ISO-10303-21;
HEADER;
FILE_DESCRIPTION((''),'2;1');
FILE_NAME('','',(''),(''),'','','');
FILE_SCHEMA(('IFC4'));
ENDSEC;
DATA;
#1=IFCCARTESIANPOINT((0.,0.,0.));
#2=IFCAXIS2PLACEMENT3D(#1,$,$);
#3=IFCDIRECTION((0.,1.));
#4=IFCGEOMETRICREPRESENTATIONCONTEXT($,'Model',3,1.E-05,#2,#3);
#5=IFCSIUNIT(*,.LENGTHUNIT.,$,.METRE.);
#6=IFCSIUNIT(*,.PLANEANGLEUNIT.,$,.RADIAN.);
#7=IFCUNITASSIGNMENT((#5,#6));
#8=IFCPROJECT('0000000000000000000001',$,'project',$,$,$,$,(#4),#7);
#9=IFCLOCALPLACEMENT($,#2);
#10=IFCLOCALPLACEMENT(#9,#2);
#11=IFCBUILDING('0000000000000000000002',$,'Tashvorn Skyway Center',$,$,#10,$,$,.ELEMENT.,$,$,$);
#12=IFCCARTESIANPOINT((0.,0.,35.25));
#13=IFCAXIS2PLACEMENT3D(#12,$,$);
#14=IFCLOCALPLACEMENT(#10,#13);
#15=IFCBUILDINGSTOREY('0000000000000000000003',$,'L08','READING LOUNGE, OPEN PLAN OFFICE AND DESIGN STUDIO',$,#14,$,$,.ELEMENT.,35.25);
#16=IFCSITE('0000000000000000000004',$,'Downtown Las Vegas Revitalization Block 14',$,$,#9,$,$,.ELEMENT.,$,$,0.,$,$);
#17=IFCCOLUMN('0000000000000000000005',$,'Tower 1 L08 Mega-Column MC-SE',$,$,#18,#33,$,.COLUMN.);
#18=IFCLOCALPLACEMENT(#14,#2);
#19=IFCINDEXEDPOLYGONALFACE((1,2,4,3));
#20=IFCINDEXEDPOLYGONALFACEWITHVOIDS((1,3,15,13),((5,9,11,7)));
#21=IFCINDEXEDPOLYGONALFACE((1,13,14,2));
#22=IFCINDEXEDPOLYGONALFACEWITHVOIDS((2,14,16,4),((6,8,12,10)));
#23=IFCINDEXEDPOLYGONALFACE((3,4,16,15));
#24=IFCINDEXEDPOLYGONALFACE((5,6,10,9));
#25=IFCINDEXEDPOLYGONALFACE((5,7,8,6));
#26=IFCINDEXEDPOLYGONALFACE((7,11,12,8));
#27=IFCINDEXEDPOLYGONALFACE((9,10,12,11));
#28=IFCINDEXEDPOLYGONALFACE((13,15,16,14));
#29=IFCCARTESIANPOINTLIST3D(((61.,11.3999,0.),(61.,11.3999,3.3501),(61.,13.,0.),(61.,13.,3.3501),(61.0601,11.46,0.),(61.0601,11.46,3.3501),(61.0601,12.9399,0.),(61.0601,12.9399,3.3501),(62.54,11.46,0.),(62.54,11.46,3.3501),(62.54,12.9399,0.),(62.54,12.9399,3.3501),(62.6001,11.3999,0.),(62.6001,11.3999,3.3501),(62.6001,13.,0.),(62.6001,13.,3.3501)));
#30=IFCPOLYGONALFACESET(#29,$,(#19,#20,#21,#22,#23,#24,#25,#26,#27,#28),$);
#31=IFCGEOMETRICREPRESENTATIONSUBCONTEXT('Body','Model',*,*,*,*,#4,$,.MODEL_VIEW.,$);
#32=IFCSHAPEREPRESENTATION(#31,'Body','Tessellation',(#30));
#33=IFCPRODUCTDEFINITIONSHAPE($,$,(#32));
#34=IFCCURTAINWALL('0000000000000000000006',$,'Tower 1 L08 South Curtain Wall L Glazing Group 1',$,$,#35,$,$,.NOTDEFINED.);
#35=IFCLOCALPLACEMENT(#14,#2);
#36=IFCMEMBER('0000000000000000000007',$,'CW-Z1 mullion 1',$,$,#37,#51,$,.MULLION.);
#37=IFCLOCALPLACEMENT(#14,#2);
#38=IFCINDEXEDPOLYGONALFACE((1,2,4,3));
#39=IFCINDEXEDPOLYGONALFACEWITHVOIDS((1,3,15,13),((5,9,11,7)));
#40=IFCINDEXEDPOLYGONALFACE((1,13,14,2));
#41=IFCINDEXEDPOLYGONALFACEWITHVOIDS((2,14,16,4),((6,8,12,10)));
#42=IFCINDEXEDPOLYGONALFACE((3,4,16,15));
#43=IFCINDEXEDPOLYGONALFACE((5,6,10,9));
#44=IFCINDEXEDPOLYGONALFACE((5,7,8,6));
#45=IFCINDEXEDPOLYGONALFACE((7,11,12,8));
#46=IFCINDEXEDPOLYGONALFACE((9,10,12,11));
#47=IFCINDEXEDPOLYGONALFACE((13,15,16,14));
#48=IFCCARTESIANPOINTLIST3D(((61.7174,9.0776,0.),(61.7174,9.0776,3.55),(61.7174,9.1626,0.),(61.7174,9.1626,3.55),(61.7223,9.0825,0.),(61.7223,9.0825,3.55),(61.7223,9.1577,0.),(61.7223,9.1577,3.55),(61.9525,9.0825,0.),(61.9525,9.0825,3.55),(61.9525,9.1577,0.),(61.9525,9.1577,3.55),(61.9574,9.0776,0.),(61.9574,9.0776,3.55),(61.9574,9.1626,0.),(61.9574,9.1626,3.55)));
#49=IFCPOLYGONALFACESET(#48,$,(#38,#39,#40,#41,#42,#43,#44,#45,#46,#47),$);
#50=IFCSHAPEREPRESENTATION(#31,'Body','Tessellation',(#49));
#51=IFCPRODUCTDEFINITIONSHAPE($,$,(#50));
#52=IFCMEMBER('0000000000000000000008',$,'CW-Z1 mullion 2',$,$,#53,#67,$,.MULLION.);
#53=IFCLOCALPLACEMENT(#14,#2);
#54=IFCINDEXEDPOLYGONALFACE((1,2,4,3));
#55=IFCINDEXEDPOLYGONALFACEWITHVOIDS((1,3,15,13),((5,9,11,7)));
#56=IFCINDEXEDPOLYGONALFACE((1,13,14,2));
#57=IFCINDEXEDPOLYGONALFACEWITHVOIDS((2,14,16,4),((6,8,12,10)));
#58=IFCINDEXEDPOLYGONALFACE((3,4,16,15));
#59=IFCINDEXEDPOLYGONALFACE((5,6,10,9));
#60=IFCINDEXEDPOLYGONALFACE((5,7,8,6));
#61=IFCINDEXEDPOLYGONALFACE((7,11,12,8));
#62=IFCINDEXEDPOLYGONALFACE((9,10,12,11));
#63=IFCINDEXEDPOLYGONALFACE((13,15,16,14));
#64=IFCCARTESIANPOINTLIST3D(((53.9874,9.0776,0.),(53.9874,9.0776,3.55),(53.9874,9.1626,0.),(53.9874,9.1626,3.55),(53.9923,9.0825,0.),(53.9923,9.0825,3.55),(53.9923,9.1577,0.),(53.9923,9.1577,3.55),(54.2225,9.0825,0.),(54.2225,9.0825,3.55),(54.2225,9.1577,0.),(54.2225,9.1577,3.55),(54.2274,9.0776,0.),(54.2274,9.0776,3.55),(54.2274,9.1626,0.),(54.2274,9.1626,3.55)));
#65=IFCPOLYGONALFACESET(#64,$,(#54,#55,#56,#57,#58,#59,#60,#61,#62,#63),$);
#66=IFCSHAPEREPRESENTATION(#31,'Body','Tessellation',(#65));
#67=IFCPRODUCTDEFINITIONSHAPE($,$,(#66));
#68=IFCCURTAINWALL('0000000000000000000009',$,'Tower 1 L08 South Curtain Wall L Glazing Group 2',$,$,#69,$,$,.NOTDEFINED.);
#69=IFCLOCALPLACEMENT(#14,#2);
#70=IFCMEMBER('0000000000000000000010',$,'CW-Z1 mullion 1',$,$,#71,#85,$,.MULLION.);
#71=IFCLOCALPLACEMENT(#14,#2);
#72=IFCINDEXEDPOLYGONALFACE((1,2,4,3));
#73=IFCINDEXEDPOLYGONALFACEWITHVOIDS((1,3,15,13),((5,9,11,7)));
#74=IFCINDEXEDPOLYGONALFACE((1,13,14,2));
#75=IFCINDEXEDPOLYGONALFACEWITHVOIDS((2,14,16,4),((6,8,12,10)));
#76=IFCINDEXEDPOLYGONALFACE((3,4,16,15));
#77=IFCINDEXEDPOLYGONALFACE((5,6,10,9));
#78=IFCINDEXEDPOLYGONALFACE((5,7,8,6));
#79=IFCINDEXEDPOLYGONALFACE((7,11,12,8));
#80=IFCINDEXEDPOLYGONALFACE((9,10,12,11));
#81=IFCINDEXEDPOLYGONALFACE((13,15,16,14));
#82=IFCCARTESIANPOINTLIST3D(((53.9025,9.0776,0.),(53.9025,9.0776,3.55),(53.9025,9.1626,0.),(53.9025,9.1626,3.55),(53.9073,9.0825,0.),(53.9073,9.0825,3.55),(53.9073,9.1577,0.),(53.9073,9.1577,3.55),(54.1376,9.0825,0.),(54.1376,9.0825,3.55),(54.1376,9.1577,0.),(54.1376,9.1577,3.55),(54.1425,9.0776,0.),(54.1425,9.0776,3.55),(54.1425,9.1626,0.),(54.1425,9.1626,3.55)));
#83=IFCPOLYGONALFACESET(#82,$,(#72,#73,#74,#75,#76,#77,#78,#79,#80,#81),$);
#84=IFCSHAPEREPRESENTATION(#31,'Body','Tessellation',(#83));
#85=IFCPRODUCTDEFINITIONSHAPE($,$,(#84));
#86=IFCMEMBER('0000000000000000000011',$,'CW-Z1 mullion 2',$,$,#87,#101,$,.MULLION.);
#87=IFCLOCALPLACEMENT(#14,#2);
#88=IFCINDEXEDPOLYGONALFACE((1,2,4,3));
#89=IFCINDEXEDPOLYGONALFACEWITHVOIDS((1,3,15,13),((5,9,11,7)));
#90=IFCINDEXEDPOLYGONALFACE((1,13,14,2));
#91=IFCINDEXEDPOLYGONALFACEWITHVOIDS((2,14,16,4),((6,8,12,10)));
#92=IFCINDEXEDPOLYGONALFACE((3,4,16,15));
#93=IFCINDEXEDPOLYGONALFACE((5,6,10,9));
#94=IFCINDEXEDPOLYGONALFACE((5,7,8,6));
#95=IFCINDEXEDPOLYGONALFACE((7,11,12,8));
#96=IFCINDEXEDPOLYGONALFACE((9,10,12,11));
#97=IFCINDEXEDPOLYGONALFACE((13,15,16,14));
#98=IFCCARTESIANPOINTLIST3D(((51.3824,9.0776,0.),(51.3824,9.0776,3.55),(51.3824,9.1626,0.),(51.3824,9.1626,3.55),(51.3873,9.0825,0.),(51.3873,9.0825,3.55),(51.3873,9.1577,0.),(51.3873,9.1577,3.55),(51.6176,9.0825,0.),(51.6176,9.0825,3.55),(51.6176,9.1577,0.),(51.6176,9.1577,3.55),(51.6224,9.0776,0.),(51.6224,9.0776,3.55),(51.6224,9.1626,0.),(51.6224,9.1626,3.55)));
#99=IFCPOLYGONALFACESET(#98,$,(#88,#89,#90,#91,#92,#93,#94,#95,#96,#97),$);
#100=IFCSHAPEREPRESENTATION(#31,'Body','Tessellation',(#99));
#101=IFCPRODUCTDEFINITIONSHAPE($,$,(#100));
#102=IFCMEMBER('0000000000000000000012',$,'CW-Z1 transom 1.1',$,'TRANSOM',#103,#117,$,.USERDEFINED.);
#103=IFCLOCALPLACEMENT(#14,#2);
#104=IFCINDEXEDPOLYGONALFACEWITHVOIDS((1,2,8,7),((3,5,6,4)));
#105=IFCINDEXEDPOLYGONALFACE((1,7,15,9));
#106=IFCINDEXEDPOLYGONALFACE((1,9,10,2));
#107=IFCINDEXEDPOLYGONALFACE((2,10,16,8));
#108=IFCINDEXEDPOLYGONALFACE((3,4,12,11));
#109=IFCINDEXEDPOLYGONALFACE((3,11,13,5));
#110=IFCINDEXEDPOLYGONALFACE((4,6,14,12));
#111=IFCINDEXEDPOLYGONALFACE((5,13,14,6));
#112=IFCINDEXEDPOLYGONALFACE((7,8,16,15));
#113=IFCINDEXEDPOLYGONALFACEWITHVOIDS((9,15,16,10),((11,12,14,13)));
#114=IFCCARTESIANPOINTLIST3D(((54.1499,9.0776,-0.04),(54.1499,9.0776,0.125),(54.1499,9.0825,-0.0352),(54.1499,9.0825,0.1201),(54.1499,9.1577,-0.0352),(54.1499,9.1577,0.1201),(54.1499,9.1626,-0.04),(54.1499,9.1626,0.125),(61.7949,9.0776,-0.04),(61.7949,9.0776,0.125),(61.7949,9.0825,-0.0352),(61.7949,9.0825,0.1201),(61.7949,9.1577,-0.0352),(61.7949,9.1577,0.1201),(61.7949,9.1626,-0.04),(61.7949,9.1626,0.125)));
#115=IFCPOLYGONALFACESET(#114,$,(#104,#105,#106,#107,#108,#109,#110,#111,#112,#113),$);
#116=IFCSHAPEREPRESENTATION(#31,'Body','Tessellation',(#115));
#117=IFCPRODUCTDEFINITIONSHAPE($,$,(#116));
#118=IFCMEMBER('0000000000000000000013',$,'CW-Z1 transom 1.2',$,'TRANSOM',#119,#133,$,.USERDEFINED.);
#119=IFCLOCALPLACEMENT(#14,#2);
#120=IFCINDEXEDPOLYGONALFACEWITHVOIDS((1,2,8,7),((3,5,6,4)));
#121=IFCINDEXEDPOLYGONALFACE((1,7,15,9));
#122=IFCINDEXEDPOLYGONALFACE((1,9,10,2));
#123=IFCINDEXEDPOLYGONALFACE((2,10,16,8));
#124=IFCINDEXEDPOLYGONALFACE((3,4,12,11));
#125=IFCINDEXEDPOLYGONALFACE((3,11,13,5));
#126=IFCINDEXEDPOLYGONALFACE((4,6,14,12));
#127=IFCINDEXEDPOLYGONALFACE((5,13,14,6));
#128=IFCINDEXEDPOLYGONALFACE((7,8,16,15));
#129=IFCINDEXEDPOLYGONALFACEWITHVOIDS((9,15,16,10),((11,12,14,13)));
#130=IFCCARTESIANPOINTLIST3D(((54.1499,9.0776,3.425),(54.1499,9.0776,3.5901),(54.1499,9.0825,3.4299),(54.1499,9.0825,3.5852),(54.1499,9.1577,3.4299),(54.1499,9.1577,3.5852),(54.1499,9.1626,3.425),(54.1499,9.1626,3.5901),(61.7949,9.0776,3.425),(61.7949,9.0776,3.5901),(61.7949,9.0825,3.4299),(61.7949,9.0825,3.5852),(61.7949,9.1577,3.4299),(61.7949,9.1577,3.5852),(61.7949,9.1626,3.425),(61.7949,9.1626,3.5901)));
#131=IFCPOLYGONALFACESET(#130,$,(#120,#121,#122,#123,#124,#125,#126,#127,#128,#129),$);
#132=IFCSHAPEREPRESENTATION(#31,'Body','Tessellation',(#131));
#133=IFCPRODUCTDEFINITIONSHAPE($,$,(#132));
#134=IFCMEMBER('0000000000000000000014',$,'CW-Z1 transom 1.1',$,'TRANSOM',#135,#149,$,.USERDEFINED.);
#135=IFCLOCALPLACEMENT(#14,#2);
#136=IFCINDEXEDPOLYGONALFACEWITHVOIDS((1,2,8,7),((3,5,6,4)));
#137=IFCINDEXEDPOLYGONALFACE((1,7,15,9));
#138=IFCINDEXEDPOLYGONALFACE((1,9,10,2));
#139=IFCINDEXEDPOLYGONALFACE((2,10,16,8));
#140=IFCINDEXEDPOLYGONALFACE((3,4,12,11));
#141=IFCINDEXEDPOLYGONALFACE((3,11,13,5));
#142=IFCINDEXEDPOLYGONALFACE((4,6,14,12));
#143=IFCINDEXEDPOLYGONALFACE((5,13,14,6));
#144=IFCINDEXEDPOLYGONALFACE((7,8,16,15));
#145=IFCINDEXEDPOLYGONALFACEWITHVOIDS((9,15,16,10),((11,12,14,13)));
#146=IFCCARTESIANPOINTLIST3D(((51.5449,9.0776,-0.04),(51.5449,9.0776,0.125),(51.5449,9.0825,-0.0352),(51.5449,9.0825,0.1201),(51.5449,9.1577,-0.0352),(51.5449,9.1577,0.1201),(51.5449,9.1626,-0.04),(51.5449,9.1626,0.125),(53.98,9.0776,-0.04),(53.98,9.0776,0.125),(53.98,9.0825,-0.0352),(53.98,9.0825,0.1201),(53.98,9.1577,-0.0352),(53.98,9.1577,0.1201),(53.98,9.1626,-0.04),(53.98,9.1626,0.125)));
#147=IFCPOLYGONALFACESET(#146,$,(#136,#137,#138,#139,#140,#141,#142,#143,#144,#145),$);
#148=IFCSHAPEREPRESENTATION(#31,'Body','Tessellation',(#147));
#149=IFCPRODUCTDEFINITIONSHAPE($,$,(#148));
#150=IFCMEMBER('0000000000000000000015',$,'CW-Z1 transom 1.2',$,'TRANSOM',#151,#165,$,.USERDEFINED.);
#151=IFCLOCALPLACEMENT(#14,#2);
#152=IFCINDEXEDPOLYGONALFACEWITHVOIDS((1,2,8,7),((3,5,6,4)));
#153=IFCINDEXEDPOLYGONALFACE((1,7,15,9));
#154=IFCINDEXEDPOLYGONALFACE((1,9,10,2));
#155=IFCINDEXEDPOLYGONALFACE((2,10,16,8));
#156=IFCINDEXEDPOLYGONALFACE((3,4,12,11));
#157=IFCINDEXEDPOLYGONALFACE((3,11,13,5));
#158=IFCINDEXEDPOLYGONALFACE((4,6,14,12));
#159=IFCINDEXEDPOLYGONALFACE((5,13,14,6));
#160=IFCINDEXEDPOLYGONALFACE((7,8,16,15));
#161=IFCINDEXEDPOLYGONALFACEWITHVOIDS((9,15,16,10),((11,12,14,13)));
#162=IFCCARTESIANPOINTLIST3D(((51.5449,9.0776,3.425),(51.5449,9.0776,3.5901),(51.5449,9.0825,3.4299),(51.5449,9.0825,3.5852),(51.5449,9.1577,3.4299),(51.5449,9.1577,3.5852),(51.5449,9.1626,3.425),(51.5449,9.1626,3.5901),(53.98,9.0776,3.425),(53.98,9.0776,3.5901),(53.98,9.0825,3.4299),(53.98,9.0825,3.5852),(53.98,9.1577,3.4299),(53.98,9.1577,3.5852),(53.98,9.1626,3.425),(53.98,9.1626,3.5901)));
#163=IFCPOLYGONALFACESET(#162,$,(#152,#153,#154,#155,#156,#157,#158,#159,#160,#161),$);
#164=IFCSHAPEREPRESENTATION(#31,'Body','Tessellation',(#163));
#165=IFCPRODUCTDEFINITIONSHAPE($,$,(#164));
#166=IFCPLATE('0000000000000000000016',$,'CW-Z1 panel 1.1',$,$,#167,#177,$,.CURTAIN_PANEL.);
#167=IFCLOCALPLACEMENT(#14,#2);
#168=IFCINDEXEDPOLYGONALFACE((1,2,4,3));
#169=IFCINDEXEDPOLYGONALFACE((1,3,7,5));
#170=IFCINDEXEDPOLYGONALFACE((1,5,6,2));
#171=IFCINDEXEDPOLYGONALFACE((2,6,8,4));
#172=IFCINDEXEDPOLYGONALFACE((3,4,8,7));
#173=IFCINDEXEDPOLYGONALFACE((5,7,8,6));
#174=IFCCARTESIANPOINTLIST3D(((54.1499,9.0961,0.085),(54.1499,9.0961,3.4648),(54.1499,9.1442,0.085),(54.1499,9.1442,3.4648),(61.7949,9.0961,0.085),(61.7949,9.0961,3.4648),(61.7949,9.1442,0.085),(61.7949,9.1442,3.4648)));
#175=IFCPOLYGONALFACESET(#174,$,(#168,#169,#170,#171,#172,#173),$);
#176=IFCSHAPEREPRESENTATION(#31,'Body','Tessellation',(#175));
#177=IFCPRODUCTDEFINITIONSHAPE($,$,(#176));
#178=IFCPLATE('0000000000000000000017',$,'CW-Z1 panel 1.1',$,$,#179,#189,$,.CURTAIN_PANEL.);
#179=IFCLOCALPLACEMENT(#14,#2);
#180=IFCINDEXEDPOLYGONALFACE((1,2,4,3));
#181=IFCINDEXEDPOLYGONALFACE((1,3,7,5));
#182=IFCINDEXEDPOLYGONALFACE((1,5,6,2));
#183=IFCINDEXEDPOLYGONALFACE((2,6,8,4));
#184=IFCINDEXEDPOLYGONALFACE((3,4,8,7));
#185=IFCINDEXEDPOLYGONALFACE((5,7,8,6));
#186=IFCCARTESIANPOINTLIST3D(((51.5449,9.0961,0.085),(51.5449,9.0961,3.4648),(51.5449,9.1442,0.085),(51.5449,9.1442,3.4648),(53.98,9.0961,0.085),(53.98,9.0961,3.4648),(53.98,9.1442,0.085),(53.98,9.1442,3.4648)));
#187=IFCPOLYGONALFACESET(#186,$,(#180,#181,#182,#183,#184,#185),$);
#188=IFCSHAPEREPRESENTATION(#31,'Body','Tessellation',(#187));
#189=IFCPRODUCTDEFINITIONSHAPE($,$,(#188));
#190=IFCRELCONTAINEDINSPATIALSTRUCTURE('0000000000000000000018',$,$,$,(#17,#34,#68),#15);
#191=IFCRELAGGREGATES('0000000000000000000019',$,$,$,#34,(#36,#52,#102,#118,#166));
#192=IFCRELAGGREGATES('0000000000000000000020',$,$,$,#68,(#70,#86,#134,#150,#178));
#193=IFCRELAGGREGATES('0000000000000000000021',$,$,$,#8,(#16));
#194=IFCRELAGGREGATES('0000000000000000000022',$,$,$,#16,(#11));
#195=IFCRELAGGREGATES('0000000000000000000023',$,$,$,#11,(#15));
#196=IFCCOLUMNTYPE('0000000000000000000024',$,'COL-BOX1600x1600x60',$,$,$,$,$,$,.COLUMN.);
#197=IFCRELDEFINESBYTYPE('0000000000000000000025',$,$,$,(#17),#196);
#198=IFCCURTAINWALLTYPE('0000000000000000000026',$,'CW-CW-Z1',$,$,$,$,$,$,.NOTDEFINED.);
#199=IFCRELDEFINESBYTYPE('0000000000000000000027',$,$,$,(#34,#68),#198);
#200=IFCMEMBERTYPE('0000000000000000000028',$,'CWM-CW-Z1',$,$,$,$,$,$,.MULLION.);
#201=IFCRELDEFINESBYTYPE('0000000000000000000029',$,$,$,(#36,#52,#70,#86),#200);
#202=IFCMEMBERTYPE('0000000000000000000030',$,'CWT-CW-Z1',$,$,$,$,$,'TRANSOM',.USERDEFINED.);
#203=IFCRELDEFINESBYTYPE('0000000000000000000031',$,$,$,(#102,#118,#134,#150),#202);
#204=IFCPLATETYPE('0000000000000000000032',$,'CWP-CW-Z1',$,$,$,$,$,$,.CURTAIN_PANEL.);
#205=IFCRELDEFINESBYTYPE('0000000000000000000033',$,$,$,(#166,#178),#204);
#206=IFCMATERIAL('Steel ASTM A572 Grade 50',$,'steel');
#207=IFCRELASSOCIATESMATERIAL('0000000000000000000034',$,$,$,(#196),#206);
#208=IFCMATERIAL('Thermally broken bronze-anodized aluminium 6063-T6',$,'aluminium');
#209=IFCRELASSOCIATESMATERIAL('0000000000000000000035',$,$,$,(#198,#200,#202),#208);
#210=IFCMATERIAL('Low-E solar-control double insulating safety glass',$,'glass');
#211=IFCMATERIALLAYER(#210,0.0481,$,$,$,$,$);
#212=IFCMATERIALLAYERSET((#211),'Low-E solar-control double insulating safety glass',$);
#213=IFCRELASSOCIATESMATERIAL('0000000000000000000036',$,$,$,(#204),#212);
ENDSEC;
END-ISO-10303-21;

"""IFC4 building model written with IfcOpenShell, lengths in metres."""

from ifc_helpers import new_model, si_unit, direction, frame, origin, origin_2d, place, context, subcontext, project, spatial, rectangle, hollow_rectangle, extrude, material, layer, layer_set, material_profile, profile_set, type_object, element, aggregate, save


model = new_model("IFC4")

# Units and contexts
model_context = context("Model", 3, precision=1e-05, world=origin(), true_north=direction((0.0, 1.0)))
body_context = subcontext(model_context, "Body", "Model", "MODEL_VIEW")
ifc_project = project(units=[si_unit("LENGTHUNIT", "METRE"), si_unit("PLANEANGLEUNIT", "RADIAN")], contexts=[model_context])

# Site, building, storey
site_placement = place(None, origin())
site = spatial("IfcSite", under=ifc_project, at=site_placement, Name="Downtown Las Vegas Revitalization Block 14", CompositionType="ELEMENT", RefElevation=0.0)
building_placement = place(site_placement, origin())
building = spatial("IfcBuilding", under=site, at=building_placement, Name="Tashvorn Skyway Center", CompositionType="ELEMENT")
storey_placement = place(building_placement, frame((0.0, 0.0, 35.25)))
storey = spatial("IfcBuildingStorey", under=building, at=storey_placement, Name="L08", Description="READING LOUNGE, OPEN PLAN OFFICE AND DESIGN STUDIO", CompositionType="ELEMENT", Elevation=35.25)

# Column
ifc_material_1 = material(Name="Steel ASTM A572 Grade 50", Category="steel")
ifc_material_profile_1 = material_profile(ifc_material_1, hollow_rectangle(XDim=1.6001, YDim=1.6001, WallThickness=0.0601, at=origin_2d()), Name="BOX1600x1600x60")
ifc_profile_set_1 = profile_set([ifc_material_profile_1], Name="Steel ASTM A572 Grade 50")
column_type = type_object("IfcColumnType", Name="COL-BOX1600x1600x60", PredefinedType="COLUMN", material=ifc_profile_set_1)
column_placement = place(storey_placement, frame((61.8, 12.2, 0.0), z_axis=(0.0, 0.0, 1.0), x_axis=(1.0, 0.0, 0.0)))
element("IfcColumn", 1, at=column_placement, inside=storey, type_object=column_type, Name="Tower 1 L08 Mega-Column MC-SE", PredefinedType="COLUMN", context=body_context, shape_type="SweptSolid", body=[
    extrude(hollow_rectangle(XDim=1.6001, YDim=1.6001, WallThickness=0.0601, at=origin_2d()), origin(), (0.0, 0.0, 1.0), 3.3501),
])

# Curtain walls, members
ifc_material_2 = material(Name="Thermally broken bronze-anodized aluminium 6063-T6", Category="aluminium")
curtain_wall_type = type_object("IfcCurtainWallType", Name="CW-CW-Z1", PredefinedType="NOTDEFINED", material=ifc_material_2)
curtain_wall_1_placement = place(storey_placement, origin())
curtain_wall_1 = element("IfcCurtainWall", 2, at=curtain_wall_1_placement, inside=storey, type_object=curtain_wall_type, Name="Tower 1 L08 South Curtain Wall L Glazing Group 1", PredefinedType="NOTDEFINED")
ifc_material_profile_2 = material_profile(ifc_material_2, hollow_rectangle(XDim=0.085, YDim=0.24, WallThickness=0.0049, at=origin_2d()), Name="ALU-MULL-85x240")
ifc_profile_set_2 = profile_set([ifc_material_profile_2], Name="Thermally broken bronze-anodized aluminium 6063-T6")
member_type_1 = type_object("IfcMemberType", Name="CWM-CW-Z1", PredefinedType="MULLION", material=ifc_profile_set_2)
member_1_placement = place(storey_placement, frame((61.8374, 9.1201, 0.0), z_axis=(0.0, 0.0, 1.0), x_axis=(0.0, -1.0, 0.0)))
member_1 = element("IfcMember", 3, at=member_1_placement, type_object=member_type_1, Name="CW-Z1 mullion 1", PredefinedType="MULLION", context=body_context, shape_type="SweptSolid", body=[
    extrude(hollow_rectangle(XDim=0.085, YDim=0.24, WallThickness=0.0049, at=origin_2d()), origin(), (0.0, 0.0, 1.0), 3.55),
])
member_2_placement = place(storey_placement, frame((54.1074, 9.1201, 0.0), z_axis=(0.0, 0.0, 1.0), x_axis=(0.0, -1.0, 0.0)))
member_2 = element("IfcMember", 4, at=member_2_placement, type_object=member_type_1, Name="CW-Z1 mullion 2", PredefinedType="MULLION", context=body_context, shape_type="SweptSolid", body=[
    extrude(hollow_rectangle(XDim=0.085, YDim=0.24, WallThickness=0.0049, at=origin_2d()), origin(), (0.0, 0.0, 1.0), 3.55),
])
curtain_wall_2_placement = place(storey_placement, origin())
curtain_wall_2 = element("IfcCurtainWall", 5, at=curtain_wall_2_placement, inside=storey, type_object=curtain_wall_type, Name="Tower 1 L08 South Curtain Wall L Glazing Group 2", PredefinedType="NOTDEFINED")
member_3_placement = place(storey_placement, frame((54.0225, 9.1201, 0.0), z_axis=(0.0, 0.0, 1.0), x_axis=(0.0, -1.0, 0.0)))
member_3 = element("IfcMember", 6, at=member_3_placement, type_object=member_type_1, Name="CW-Z1 mullion 1", PredefinedType="MULLION", context=body_context, shape_type="SweptSolid", body=[
    extrude(hollow_rectangle(XDim=0.085, YDim=0.24, WallThickness=0.0049, at=origin_2d()), origin(), (0.0, 0.0, 1.0), 3.55),
])
member_4_placement = place(storey_placement, frame((51.5024, 9.1201, 0.0), z_axis=(0.0, 0.0, 1.0), x_axis=(0.0, -1.0, 0.0)))
member_4 = element("IfcMember", 7, at=member_4_placement, type_object=member_type_1, Name="CW-Z1 mullion 2", PredefinedType="MULLION", context=body_context, shape_type="SweptSolid", body=[
    extrude(hollow_rectangle(XDim=0.085, YDim=0.24, WallThickness=0.0049, at=origin_2d()), origin(), (0.0, 0.0, 1.0), 3.55),
])

# Members
ifc_material_profile_3 = material_profile(ifc_material_2, hollow_rectangle(XDim=0.085, YDim=0.165, WallThickness=0.0049, at=origin_2d()), Name="ALU-TRAN-85x165")
ifc_profile_set_3 = profile_set([ifc_material_profile_3], Name="Thermally broken bronze-anodized aluminium 6063-T6")
member_type_2 = type_object("IfcMemberType", Name="CWT-CW-Z1", ElementType="TRANSOM", PredefinedType="USERDEFINED", material=ifc_profile_set_3)
member_5_placement = place(storey_placement, frame((61.7949, 9.1201, 0.0425), z_axis=(-1.0, 0.0, 0.0), x_axis=(0.0, -1.0, 0.0)))
member_5 = element("IfcMember", 8, at=member_5_placement, type_object=member_type_2, Name="CW-Z1 transom 1.1", ObjectType="TRANSOM", PredefinedType="USERDEFINED", context=body_context, shape_type="SweptSolid", body=[
    extrude(hollow_rectangle(XDim=0.085, YDim=0.165, WallThickness=0.0049, at=origin_2d()), origin(), (0.0, 0.0, 1.0), 7.645),
])
member_6_placement = place(storey_placement, frame((61.7949, 9.1201, 3.5076), z_axis=(-1.0, 0.0, 0.0), x_axis=(0.0, -1.0, 0.0)))
member_6 = element("IfcMember", 9, at=member_6_placement, type_object=member_type_2, Name="CW-Z1 transom 1.2", ObjectType="TRANSOM", PredefinedType="USERDEFINED", context=body_context, shape_type="SweptSolid", body=[
    extrude(hollow_rectangle(XDim=0.085, YDim=0.165, WallThickness=0.0049, at=origin_2d()), origin(), (0.0, 0.0, 1.0), 7.645),
])
member_7_placement = place(storey_placement, frame((53.98, 9.1201, 0.0425), z_axis=(-1.0, 0.0, 0.0), x_axis=(0.0, -1.0, 0.0)))
member_7 = element("IfcMember", 10, at=member_7_placement, type_object=member_type_2, Name="CW-Z1 transom 1.1", ObjectType="TRANSOM", PredefinedType="USERDEFINED", context=body_context, shape_type="SweptSolid", body=[
    extrude(hollow_rectangle(XDim=0.085, YDim=0.165, WallThickness=0.0049, at=origin_2d()), origin(), (0.0, 0.0, 1.0), 2.4351),
])
member_8_placement = place(storey_placement, frame((53.98, 9.1201, 3.5076), z_axis=(-1.0, 0.0, 0.0), x_axis=(0.0, -1.0, 0.0)))
member_8 = element("IfcMember", 11, at=member_8_placement, type_object=member_type_2, Name="CW-Z1 transom 1.2", ObjectType="TRANSOM", PredefinedType="USERDEFINED", context=body_context, shape_type="SweptSolid", body=[
    extrude(hollow_rectangle(XDim=0.085, YDim=0.165, WallThickness=0.0049, at=origin_2d()), origin(), (0.0, 0.0, 1.0), 2.4351),
])

# Plates
ifc_material_3 = material(Name="Low-E solar-control double insulating safety glass", Category="glass")
ifc_layer_1 = layer(ifc_material_3, 0.0481)
ifc_layer_set_1 = layer_set([ifc_layer_1], Name="Low-E solar-control double insulating safety glass")
plate_type = type_object("IfcPlateType", Name="CWP-CW-Z1", PredefinedType="CURTAIN_PANEL", material=ifc_layer_set_1)
plate_1_placement = place(storey_placement, frame((57.9724, 9.1201, 0.085), z_axis=(0.0, 0.0, 1.0), x_axis=(-1.0, 0.0, 0.0)))
plate_1 = element("IfcPlate", 12, at=plate_1_placement, type_object=plate_type, Name="CW-Z1 panel 1.1", PredefinedType="CURTAIN_PANEL", context=body_context, shape_type="SweptSolid", body=[
    extrude(rectangle(XDim=7.645, YDim=0.0481, at=origin_2d()), origin(), (0.0, 0.0, 1.0), 3.3799),
])
aggregate(curtain_wall_1, [member_1, member_2, member_5, member_6, plate_1])
plate_2_placement = place(storey_placement, frame((52.7625, 9.1201, 0.085), z_axis=(0.0, 0.0, 1.0), x_axis=(-1.0, 0.0, 0.0)))
plate_2 = element("IfcPlate", 13, at=plate_2_placement, type_object=plate_type, Name="CW-Z1 panel 1.1", PredefinedType="CURTAIN_PANEL", context=body_context, shape_type="SweptSolid", body=[
    extrude(rectangle(XDim=2.4351, YDim=0.0481, at=origin_2d()), origin(), (0.0, 0.0, 1.0), 3.3799),
])
aggregate(curtain_wall_2, [member_3, member_4, member_7, member_8, plate_2])

save(model, "model.ifc")
